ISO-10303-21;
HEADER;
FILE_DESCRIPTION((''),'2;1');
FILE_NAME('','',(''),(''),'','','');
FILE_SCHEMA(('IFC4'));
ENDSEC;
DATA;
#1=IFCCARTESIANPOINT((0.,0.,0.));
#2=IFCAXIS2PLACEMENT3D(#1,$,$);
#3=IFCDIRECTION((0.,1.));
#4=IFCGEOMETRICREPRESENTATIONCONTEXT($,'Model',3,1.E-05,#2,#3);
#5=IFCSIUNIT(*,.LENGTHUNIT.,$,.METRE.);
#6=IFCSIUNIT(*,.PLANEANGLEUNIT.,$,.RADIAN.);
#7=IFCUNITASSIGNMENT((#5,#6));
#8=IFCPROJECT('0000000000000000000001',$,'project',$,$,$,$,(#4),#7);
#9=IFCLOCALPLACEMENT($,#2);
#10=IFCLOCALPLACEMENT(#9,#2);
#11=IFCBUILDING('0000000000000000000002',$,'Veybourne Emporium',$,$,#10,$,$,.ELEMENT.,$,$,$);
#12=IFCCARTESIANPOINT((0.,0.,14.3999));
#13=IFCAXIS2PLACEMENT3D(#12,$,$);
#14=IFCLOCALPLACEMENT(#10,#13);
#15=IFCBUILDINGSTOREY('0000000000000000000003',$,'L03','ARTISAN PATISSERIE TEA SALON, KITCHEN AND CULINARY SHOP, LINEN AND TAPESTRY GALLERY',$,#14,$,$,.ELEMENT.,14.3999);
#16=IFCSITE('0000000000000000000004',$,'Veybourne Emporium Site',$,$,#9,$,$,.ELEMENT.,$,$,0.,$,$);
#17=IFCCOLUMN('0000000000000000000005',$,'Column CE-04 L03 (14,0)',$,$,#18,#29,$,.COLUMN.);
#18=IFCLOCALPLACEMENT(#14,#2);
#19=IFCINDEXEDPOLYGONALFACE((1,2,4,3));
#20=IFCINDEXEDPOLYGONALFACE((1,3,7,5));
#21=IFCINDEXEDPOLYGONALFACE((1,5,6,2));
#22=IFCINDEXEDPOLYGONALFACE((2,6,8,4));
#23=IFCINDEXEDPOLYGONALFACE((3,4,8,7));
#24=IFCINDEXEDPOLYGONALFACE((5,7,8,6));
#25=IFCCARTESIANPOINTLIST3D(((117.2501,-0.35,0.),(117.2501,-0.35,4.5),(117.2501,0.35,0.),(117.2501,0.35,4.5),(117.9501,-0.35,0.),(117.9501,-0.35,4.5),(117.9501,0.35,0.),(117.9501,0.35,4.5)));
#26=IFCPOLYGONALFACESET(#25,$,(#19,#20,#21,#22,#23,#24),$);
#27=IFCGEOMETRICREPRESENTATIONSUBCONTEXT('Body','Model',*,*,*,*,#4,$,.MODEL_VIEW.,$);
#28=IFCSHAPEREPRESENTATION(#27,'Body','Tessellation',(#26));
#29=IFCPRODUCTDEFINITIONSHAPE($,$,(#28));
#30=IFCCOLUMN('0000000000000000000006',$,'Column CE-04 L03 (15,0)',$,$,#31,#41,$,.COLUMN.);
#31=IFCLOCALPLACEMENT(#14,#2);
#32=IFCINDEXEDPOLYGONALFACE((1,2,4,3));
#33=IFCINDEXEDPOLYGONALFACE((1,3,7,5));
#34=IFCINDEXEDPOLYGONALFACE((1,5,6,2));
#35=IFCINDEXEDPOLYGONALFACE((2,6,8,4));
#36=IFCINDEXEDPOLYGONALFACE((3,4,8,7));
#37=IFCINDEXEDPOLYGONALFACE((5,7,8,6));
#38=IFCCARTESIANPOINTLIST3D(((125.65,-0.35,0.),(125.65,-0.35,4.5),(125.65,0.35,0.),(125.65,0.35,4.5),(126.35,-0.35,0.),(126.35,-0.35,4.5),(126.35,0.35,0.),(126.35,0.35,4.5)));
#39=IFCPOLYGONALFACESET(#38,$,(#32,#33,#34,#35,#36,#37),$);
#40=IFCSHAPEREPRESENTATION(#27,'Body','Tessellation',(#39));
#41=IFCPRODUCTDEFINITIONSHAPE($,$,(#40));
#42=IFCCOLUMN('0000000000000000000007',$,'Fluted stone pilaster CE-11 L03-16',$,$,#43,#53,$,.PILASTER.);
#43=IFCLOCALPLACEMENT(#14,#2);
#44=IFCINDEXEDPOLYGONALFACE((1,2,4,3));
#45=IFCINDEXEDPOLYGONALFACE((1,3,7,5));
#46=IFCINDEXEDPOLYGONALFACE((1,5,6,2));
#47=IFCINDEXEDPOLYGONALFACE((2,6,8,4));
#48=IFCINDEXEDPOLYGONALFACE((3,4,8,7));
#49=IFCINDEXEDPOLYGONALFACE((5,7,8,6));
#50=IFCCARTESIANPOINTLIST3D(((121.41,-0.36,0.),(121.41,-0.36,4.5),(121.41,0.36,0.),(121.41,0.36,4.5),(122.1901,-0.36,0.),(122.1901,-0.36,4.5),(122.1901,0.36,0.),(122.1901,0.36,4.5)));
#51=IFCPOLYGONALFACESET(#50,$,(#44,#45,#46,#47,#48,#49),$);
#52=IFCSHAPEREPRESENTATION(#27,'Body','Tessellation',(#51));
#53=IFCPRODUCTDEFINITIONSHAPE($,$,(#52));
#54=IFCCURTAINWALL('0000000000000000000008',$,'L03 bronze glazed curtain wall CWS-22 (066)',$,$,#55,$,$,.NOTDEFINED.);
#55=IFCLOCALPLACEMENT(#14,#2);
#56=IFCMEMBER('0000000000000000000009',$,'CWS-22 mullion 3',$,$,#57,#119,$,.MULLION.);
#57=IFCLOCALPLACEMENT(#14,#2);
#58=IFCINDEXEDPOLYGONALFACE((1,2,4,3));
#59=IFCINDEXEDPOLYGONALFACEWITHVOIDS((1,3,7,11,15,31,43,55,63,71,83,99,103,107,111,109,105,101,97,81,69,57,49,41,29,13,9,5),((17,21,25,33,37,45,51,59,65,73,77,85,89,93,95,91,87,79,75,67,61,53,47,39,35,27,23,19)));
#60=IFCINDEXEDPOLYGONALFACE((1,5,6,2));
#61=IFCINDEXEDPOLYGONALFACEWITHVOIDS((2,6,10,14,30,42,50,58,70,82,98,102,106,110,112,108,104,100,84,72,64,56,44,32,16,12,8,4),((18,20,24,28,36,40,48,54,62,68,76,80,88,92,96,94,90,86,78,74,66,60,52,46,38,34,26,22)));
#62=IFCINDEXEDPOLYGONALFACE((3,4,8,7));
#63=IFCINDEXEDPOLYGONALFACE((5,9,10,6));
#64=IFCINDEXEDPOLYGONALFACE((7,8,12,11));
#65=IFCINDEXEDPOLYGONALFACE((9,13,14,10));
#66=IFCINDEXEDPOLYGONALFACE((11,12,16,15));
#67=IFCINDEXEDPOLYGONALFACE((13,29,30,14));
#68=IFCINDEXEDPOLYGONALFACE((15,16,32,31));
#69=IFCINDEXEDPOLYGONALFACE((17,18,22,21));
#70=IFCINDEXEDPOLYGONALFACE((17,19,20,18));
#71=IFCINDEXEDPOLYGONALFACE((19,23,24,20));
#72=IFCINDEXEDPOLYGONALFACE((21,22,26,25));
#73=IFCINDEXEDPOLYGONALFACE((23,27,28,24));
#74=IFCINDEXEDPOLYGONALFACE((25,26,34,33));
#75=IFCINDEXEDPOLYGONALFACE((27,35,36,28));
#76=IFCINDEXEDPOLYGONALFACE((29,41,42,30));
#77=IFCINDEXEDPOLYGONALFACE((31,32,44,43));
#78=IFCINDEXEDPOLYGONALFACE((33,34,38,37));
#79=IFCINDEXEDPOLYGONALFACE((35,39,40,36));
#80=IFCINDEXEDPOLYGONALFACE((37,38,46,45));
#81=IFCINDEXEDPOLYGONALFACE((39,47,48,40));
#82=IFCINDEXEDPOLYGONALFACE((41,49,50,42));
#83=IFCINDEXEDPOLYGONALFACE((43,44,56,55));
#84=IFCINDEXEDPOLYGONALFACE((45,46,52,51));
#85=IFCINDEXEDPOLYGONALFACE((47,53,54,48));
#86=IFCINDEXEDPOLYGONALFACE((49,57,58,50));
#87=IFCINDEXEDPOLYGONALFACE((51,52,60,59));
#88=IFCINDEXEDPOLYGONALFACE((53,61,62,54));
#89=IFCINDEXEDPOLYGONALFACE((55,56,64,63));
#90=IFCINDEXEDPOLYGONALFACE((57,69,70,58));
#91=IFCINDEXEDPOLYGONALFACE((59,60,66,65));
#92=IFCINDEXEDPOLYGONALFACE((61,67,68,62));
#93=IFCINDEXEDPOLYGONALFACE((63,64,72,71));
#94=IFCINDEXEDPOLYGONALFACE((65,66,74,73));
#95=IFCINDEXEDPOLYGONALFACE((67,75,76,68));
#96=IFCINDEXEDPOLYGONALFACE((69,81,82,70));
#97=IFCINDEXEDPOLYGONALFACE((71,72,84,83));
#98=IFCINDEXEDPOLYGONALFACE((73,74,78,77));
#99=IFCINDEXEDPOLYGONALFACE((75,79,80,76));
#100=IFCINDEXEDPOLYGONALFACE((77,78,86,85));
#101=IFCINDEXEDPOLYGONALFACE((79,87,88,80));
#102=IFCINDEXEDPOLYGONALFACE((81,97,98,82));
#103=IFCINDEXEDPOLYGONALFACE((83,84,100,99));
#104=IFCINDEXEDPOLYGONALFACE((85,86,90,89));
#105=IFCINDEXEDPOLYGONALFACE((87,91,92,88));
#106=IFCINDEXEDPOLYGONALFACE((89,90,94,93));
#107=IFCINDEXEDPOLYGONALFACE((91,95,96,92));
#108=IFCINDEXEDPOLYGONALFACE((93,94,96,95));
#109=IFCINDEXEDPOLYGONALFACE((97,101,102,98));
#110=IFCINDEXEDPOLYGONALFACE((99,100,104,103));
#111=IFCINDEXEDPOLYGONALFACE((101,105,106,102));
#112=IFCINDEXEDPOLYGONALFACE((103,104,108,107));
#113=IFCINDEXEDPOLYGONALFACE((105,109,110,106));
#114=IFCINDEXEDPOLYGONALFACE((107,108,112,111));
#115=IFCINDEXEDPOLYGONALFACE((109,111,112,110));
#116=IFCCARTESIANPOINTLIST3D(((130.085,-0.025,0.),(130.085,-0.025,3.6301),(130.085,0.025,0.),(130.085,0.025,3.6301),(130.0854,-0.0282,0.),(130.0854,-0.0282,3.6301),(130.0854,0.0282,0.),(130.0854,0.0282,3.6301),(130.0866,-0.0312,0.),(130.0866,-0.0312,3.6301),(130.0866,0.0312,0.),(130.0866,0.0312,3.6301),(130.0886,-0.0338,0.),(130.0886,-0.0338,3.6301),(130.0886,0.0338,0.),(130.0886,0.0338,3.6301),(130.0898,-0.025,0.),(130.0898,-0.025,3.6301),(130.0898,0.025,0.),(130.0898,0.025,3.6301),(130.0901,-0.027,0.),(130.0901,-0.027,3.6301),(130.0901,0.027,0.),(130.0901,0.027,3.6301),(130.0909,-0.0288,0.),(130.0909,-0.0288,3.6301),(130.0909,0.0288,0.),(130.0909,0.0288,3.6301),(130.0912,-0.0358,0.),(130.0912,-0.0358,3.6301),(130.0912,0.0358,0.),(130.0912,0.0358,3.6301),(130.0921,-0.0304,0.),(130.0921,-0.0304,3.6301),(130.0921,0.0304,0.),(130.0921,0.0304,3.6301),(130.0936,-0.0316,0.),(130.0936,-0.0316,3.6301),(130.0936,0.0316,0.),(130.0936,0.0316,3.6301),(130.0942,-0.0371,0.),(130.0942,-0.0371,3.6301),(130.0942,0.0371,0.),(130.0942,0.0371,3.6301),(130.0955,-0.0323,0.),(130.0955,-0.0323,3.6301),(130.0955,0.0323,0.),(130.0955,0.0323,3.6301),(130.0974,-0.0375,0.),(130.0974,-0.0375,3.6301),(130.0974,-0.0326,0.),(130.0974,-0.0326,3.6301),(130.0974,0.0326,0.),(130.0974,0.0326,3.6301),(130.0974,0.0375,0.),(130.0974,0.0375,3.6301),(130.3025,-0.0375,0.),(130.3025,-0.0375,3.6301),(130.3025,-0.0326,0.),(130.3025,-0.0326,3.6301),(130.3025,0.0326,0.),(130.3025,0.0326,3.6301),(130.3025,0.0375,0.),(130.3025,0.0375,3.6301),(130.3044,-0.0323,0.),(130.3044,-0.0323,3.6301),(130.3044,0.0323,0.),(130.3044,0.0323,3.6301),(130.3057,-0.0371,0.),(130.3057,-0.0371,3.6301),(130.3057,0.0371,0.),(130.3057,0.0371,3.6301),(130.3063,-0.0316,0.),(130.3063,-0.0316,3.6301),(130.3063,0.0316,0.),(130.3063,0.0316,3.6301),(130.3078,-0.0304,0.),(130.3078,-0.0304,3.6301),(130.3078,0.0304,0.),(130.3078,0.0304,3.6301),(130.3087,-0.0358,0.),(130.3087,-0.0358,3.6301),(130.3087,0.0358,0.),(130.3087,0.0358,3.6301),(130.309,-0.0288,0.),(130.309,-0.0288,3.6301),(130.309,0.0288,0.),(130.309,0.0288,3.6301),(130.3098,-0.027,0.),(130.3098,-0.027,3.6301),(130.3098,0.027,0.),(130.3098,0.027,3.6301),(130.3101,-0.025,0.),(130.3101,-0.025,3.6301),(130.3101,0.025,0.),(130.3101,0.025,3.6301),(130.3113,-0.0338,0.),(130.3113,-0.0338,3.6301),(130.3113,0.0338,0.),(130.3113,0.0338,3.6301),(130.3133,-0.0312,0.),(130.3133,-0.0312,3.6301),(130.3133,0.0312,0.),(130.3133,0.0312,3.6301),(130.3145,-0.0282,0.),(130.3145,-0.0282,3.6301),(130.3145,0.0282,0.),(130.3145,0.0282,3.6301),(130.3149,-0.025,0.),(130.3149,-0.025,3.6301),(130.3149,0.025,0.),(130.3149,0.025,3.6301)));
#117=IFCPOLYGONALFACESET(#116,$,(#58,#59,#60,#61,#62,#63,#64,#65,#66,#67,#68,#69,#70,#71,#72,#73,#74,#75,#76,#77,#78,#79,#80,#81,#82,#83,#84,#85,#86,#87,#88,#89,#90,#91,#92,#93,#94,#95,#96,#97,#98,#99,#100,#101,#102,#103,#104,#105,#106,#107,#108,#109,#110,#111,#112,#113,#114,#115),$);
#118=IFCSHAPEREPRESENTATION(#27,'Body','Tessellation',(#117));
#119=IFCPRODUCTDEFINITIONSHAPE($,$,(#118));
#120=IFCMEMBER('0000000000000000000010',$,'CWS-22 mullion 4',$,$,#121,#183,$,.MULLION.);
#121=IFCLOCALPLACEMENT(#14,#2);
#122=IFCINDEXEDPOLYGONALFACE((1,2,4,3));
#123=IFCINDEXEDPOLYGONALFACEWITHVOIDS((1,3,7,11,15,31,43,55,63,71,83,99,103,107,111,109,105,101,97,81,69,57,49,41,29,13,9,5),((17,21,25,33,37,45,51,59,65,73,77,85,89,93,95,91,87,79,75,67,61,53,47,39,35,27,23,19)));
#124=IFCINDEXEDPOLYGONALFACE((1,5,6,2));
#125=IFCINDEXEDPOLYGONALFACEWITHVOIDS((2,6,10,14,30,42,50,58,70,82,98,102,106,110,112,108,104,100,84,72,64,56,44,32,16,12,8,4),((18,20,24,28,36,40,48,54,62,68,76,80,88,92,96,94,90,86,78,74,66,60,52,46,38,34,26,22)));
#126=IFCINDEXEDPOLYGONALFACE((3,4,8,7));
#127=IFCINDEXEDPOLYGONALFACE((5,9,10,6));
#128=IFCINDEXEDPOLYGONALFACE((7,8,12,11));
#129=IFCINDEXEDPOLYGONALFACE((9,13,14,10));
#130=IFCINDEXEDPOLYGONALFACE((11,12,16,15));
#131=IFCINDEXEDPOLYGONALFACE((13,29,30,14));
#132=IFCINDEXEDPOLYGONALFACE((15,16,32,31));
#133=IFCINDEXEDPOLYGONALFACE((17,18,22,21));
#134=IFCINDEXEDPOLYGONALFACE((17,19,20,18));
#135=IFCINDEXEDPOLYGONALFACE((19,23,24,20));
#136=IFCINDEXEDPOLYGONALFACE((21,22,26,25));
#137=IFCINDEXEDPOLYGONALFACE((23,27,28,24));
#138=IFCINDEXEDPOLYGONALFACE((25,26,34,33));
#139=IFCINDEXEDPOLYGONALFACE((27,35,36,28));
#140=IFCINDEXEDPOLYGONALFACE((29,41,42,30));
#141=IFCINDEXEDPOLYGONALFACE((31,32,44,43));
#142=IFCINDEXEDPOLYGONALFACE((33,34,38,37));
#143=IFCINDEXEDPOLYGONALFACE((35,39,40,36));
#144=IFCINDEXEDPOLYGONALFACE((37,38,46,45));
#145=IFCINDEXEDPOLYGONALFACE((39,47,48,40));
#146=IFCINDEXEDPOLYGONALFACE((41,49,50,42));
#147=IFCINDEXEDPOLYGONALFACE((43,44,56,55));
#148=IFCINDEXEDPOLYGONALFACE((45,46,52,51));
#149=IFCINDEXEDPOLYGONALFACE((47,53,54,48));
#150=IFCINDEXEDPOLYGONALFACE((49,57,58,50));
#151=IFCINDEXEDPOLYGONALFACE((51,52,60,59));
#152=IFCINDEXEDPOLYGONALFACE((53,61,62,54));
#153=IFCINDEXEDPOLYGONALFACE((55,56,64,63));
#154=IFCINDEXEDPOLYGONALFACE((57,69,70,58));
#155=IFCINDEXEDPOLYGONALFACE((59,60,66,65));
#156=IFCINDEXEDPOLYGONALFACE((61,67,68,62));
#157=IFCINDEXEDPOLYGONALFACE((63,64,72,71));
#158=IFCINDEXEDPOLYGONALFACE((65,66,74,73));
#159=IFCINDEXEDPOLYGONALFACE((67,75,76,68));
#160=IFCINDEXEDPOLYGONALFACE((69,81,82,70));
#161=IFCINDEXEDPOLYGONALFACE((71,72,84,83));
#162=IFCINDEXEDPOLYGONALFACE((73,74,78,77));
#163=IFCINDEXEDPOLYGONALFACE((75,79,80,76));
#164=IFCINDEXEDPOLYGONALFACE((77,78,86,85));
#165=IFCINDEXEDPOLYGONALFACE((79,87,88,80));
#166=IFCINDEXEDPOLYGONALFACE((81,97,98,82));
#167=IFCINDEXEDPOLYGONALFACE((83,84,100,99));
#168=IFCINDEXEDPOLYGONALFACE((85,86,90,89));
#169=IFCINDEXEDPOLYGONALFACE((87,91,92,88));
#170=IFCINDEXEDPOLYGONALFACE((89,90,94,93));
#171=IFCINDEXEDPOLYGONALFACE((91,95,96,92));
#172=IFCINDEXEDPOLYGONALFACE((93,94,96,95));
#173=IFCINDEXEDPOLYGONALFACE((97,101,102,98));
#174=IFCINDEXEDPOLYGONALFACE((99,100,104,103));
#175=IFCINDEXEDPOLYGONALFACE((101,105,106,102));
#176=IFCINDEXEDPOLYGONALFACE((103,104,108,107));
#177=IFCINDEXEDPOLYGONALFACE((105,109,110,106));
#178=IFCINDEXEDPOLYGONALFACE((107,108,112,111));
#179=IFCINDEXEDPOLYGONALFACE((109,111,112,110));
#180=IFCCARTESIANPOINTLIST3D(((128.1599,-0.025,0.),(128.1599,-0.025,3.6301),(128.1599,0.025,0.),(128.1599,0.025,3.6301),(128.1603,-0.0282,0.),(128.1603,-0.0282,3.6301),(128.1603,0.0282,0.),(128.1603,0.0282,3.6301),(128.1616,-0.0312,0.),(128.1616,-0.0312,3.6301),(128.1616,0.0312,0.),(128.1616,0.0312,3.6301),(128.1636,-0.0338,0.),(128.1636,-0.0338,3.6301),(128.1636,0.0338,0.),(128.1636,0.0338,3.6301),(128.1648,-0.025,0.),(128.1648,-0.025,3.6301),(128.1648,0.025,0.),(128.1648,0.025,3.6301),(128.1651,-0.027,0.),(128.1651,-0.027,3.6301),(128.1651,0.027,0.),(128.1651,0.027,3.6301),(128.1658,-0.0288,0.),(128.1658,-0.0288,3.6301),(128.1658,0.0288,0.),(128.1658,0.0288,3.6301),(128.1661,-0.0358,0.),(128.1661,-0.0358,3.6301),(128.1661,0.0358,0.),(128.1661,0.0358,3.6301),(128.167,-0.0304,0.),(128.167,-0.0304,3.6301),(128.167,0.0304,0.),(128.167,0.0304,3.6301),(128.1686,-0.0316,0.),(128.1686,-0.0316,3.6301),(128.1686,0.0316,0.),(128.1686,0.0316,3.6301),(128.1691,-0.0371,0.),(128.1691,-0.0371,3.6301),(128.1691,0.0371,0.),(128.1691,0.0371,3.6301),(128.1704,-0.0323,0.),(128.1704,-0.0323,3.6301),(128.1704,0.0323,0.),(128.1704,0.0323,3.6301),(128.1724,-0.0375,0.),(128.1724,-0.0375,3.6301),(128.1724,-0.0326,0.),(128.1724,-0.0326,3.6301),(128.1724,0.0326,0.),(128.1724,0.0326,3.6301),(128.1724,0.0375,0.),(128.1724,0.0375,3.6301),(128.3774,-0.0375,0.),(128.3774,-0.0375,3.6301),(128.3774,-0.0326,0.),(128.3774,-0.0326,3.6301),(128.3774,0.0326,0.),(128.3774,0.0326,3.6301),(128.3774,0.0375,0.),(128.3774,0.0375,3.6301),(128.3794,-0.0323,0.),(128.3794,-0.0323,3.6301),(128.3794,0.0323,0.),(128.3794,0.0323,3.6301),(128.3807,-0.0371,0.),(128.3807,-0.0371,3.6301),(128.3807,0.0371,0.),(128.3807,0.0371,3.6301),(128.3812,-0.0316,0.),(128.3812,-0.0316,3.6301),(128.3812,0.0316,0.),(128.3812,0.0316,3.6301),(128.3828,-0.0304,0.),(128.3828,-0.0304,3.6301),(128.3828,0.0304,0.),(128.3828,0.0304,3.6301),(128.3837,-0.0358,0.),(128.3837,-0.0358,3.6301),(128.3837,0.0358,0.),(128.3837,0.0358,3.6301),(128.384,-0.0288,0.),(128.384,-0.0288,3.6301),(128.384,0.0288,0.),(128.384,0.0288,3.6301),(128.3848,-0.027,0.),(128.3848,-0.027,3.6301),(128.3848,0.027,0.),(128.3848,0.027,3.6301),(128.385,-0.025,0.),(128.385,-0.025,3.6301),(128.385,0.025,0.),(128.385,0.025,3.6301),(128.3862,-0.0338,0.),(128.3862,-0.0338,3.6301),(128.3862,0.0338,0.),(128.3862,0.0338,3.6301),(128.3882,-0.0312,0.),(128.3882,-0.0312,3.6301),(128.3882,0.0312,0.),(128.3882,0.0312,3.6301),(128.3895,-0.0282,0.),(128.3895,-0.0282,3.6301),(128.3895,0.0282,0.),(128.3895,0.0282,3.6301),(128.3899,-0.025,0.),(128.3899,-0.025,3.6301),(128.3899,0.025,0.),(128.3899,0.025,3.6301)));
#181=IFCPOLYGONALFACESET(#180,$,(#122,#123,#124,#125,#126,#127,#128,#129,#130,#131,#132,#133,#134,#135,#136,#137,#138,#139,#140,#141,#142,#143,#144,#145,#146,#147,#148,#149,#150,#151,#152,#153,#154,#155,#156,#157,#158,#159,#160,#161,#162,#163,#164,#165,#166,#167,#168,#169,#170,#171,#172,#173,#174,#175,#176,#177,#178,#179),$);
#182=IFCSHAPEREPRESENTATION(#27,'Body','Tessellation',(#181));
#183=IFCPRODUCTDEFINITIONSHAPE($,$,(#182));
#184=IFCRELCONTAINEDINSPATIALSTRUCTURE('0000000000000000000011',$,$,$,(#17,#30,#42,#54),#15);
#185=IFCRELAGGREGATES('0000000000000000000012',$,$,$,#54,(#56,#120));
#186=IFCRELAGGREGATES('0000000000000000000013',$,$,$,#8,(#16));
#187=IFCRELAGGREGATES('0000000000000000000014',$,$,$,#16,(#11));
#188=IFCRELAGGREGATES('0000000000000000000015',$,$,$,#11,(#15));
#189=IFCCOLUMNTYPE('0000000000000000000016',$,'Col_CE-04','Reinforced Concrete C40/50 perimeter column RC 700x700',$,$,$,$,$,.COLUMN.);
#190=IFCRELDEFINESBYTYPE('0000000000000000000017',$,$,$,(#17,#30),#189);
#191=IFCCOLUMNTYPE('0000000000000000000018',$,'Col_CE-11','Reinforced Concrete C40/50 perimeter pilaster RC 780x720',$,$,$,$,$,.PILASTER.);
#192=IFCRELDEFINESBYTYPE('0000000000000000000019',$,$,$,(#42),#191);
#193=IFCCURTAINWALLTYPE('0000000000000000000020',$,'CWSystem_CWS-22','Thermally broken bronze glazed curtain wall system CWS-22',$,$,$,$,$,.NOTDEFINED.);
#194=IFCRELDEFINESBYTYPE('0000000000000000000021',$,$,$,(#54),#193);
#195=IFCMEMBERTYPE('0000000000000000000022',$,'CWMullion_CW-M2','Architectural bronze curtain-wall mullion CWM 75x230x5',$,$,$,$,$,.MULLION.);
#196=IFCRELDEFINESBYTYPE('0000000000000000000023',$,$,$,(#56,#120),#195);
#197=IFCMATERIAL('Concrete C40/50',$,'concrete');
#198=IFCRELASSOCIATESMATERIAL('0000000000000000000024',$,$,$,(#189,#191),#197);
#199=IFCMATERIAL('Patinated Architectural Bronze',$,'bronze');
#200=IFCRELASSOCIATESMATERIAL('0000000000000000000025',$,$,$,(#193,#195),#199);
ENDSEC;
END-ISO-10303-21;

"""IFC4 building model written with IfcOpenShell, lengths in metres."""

from ifc_helpers import new_model, si_unit, direction, frame, origin, origin_2d, place, context, subcontext, project, spatial, rectangle, hollow_rectangle, extrude, material, material_profile, profile_set, type_object, element, aggregate, save


model = new_model("IFC4")

# Units and contexts
model_context = context("Model", 3, precision=1e-05, world=origin(), true_north=direction((0.0, 1.0)))
body_context = subcontext(model_context, "Body", "Model", "MODEL_VIEW")
ifc_project = project(units=[si_unit("LENGTHUNIT", "METRE"), si_unit("PLANEANGLEUNIT", "RADIAN")], contexts=[model_context])

# Site, building, storey
site_placement = place(None, origin())
site = spatial("IfcSite", under=ifc_project, at=site_placement, Name="Veybourne Emporium Site", CompositionType="ELEMENT", RefElevation=0.0)
building_placement = place(site_placement, origin())
building = spatial("IfcBuilding", under=site, at=building_placement, Name="Veybourne Emporium", CompositionType="ELEMENT")
storey_placement = place(building_placement, frame((0.0, 0.0, 14.3999)))
storey = spatial("IfcBuildingStorey", under=building, at=storey_placement, Name="L03", Description="ARTISAN PATISSERIE TEA SALON, KITCHEN AND CULINARY SHOP, LINEN AND TAPESTRY GALLERY", CompositionType="ELEMENT", Elevation=14.3999)

# Columns
ifc_material_1 = material(Name="Concrete C40/50", Category="concrete")
ifc_material_profile_1 = material_profile(ifc_material_1, rectangle(XDim=0.7, YDim=0.7, at=origin_2d()), Name="RC 700x700")
ifc_profile_set_1 = profile_set([ifc_material_profile_1], Name="Concrete C40/50")
column_type_1 = type_object("IfcColumnType", Name="Col_CE-04", Description="Reinforced Concrete C40/50 perimeter column RC 700x700", PredefinedType="COLUMN", material=ifc_profile_set_1)
for number, where, z_axis, x_axis, name in (
    (1, (117.6001, 0.0, 0.0), (0.0, 0.0, 1.0), (1.0, 0.0, 0.0), "Column CE-04 L03 (14,0)"),
    (2, (126.0, 0.0, 0.0), (0.0, 0.0, 1.0), (1.0, 0.0, 0.0), "Column CE-04 L03 (15,0)"),
):
    element("IfcColumn", number, at=place(storey_placement, frame(where, z_axis=z_axis, x_axis=x_axis)), inside=storey, type_object=column_type_1, Name=name, PredefinedType="COLUMN", context=body_context, shape_type="SweptSolid", body=[
        extrude(rectangle(XDim=0.7, YDim=0.7, at=origin_2d()), origin(), (0.0, 0.0, 1.0), 4.5),
    ])
ifc_material_profile_2 = material_profile(ifc_material_1, rectangle(XDim=0.78, YDim=0.72, at=origin_2d()), Name="RC 780x720")
ifc_profile_set_2 = profile_set([ifc_material_profile_2], Name="Concrete C40/50")
column_type_2 = type_object("IfcColumnType", Name="Col_CE-11", Description="Reinforced Concrete C40/50 perimeter pilaster RC 780x720", PredefinedType="PILASTER", material=ifc_profile_set_2)
column_placement = place(storey_placement, frame((121.8, 0.0, 0.0), z_axis=(0.0, 0.0, 1.0), x_axis=(1.0, 0.0, 0.0)))
element("IfcColumn", 3, at=column_placement, inside=storey, type_object=column_type_2, Name="Fluted stone pilaster CE-11 L03-16", PredefinedType="PILASTER", context=body_context, shape_type="SweptSolid", body=[
    extrude(rectangle(XDim=0.78, YDim=0.72, at=origin_2d()), origin(), (0.0, 0.0, 1.0), 4.5),
])

# Curtain wall, members
ifc_material_2 = material(Name="Patinated Architectural Bronze", Category="bronze")
curtain_wall_type = type_object("IfcCurtainWallType", Name="CWSystem_CWS-22", Description="Thermally broken bronze glazed curtain wall system CWS-22", PredefinedType="NOTDEFINED", material=ifc_material_2)
curtain_wall_placement = place(storey_placement, origin())
curtain_wall = element("IfcCurtainWall", 4, at=curtain_wall_placement, inside=storey, type_object=curtain_wall_type, Name="L03 bronze glazed curtain wall CWS-22 (066)", PredefinedType="NOTDEFINED")
ifc_material_profile_3 = material_profile(ifc_material_2, hollow_rectangle(XDim=0.075, YDim=0.23, WallThickness=0.0049, InnerFilletRadius=0.0076, OuterFilletRadius=0.0125, at=origin_2d()), Name="CWM 75x230x5")
ifc_profile_set_3 = profile_set([ifc_material_profile_3], Name="Patinated Architectural Bronze")
member_type_1 = type_object("IfcMemberType", Name="CWMullion_CW-M2", Description="Architectural bronze curtain-wall mullion CWM 75x230x5", PredefinedType="MULLION", material=ifc_profile_set_3)
member_1_placement = place(storey_placement, frame((130.2, 0.0, 0.0), z_axis=(0.0, 0.0, 1.0), x_axis=(0.0, -1.0, 0.0)))
member_1 = element("IfcMember", 5, at=member_1_placement, type_object=member_type_1, Name="CWS-22 mullion 3", PredefinedType="MULLION", context=body_context, shape_type="SweptSolid", body=[
    extrude(hollow_rectangle(XDim=0.075, YDim=0.23, WallThickness=0.0049, InnerFilletRadius=0.0076, OuterFilletRadius=0.0125, at=origin_2d()), origin(), (0.0, 0.0, 1.0), 3.6301),
])
member_2_placement = place(storey_placement, frame((128.2749, 0.0, 0.0), z_axis=(0.0, 0.0, 1.0), x_axis=(0.0, -1.0, 0.0)))
member_2 = element("IfcMember", 6, at=member_2_placement, type_object=member_type_1, Name="CWS-22 mullion 4", PredefinedType="MULLION", context=body_context, shape_type="SweptSolid", body=[
    extrude(hollow_rectangle(XDim=0.075, YDim=0.23, WallThickness=0.0049, InnerFilletRadius=0.0076, OuterFilletRadius=0.0125, at=origin_2d()), origin(), (0.0, 0.0, 1.0), 3.6301),
])

aggregate(curtain_wall, [member_1, member_2])

save(model, "model.ifc")
